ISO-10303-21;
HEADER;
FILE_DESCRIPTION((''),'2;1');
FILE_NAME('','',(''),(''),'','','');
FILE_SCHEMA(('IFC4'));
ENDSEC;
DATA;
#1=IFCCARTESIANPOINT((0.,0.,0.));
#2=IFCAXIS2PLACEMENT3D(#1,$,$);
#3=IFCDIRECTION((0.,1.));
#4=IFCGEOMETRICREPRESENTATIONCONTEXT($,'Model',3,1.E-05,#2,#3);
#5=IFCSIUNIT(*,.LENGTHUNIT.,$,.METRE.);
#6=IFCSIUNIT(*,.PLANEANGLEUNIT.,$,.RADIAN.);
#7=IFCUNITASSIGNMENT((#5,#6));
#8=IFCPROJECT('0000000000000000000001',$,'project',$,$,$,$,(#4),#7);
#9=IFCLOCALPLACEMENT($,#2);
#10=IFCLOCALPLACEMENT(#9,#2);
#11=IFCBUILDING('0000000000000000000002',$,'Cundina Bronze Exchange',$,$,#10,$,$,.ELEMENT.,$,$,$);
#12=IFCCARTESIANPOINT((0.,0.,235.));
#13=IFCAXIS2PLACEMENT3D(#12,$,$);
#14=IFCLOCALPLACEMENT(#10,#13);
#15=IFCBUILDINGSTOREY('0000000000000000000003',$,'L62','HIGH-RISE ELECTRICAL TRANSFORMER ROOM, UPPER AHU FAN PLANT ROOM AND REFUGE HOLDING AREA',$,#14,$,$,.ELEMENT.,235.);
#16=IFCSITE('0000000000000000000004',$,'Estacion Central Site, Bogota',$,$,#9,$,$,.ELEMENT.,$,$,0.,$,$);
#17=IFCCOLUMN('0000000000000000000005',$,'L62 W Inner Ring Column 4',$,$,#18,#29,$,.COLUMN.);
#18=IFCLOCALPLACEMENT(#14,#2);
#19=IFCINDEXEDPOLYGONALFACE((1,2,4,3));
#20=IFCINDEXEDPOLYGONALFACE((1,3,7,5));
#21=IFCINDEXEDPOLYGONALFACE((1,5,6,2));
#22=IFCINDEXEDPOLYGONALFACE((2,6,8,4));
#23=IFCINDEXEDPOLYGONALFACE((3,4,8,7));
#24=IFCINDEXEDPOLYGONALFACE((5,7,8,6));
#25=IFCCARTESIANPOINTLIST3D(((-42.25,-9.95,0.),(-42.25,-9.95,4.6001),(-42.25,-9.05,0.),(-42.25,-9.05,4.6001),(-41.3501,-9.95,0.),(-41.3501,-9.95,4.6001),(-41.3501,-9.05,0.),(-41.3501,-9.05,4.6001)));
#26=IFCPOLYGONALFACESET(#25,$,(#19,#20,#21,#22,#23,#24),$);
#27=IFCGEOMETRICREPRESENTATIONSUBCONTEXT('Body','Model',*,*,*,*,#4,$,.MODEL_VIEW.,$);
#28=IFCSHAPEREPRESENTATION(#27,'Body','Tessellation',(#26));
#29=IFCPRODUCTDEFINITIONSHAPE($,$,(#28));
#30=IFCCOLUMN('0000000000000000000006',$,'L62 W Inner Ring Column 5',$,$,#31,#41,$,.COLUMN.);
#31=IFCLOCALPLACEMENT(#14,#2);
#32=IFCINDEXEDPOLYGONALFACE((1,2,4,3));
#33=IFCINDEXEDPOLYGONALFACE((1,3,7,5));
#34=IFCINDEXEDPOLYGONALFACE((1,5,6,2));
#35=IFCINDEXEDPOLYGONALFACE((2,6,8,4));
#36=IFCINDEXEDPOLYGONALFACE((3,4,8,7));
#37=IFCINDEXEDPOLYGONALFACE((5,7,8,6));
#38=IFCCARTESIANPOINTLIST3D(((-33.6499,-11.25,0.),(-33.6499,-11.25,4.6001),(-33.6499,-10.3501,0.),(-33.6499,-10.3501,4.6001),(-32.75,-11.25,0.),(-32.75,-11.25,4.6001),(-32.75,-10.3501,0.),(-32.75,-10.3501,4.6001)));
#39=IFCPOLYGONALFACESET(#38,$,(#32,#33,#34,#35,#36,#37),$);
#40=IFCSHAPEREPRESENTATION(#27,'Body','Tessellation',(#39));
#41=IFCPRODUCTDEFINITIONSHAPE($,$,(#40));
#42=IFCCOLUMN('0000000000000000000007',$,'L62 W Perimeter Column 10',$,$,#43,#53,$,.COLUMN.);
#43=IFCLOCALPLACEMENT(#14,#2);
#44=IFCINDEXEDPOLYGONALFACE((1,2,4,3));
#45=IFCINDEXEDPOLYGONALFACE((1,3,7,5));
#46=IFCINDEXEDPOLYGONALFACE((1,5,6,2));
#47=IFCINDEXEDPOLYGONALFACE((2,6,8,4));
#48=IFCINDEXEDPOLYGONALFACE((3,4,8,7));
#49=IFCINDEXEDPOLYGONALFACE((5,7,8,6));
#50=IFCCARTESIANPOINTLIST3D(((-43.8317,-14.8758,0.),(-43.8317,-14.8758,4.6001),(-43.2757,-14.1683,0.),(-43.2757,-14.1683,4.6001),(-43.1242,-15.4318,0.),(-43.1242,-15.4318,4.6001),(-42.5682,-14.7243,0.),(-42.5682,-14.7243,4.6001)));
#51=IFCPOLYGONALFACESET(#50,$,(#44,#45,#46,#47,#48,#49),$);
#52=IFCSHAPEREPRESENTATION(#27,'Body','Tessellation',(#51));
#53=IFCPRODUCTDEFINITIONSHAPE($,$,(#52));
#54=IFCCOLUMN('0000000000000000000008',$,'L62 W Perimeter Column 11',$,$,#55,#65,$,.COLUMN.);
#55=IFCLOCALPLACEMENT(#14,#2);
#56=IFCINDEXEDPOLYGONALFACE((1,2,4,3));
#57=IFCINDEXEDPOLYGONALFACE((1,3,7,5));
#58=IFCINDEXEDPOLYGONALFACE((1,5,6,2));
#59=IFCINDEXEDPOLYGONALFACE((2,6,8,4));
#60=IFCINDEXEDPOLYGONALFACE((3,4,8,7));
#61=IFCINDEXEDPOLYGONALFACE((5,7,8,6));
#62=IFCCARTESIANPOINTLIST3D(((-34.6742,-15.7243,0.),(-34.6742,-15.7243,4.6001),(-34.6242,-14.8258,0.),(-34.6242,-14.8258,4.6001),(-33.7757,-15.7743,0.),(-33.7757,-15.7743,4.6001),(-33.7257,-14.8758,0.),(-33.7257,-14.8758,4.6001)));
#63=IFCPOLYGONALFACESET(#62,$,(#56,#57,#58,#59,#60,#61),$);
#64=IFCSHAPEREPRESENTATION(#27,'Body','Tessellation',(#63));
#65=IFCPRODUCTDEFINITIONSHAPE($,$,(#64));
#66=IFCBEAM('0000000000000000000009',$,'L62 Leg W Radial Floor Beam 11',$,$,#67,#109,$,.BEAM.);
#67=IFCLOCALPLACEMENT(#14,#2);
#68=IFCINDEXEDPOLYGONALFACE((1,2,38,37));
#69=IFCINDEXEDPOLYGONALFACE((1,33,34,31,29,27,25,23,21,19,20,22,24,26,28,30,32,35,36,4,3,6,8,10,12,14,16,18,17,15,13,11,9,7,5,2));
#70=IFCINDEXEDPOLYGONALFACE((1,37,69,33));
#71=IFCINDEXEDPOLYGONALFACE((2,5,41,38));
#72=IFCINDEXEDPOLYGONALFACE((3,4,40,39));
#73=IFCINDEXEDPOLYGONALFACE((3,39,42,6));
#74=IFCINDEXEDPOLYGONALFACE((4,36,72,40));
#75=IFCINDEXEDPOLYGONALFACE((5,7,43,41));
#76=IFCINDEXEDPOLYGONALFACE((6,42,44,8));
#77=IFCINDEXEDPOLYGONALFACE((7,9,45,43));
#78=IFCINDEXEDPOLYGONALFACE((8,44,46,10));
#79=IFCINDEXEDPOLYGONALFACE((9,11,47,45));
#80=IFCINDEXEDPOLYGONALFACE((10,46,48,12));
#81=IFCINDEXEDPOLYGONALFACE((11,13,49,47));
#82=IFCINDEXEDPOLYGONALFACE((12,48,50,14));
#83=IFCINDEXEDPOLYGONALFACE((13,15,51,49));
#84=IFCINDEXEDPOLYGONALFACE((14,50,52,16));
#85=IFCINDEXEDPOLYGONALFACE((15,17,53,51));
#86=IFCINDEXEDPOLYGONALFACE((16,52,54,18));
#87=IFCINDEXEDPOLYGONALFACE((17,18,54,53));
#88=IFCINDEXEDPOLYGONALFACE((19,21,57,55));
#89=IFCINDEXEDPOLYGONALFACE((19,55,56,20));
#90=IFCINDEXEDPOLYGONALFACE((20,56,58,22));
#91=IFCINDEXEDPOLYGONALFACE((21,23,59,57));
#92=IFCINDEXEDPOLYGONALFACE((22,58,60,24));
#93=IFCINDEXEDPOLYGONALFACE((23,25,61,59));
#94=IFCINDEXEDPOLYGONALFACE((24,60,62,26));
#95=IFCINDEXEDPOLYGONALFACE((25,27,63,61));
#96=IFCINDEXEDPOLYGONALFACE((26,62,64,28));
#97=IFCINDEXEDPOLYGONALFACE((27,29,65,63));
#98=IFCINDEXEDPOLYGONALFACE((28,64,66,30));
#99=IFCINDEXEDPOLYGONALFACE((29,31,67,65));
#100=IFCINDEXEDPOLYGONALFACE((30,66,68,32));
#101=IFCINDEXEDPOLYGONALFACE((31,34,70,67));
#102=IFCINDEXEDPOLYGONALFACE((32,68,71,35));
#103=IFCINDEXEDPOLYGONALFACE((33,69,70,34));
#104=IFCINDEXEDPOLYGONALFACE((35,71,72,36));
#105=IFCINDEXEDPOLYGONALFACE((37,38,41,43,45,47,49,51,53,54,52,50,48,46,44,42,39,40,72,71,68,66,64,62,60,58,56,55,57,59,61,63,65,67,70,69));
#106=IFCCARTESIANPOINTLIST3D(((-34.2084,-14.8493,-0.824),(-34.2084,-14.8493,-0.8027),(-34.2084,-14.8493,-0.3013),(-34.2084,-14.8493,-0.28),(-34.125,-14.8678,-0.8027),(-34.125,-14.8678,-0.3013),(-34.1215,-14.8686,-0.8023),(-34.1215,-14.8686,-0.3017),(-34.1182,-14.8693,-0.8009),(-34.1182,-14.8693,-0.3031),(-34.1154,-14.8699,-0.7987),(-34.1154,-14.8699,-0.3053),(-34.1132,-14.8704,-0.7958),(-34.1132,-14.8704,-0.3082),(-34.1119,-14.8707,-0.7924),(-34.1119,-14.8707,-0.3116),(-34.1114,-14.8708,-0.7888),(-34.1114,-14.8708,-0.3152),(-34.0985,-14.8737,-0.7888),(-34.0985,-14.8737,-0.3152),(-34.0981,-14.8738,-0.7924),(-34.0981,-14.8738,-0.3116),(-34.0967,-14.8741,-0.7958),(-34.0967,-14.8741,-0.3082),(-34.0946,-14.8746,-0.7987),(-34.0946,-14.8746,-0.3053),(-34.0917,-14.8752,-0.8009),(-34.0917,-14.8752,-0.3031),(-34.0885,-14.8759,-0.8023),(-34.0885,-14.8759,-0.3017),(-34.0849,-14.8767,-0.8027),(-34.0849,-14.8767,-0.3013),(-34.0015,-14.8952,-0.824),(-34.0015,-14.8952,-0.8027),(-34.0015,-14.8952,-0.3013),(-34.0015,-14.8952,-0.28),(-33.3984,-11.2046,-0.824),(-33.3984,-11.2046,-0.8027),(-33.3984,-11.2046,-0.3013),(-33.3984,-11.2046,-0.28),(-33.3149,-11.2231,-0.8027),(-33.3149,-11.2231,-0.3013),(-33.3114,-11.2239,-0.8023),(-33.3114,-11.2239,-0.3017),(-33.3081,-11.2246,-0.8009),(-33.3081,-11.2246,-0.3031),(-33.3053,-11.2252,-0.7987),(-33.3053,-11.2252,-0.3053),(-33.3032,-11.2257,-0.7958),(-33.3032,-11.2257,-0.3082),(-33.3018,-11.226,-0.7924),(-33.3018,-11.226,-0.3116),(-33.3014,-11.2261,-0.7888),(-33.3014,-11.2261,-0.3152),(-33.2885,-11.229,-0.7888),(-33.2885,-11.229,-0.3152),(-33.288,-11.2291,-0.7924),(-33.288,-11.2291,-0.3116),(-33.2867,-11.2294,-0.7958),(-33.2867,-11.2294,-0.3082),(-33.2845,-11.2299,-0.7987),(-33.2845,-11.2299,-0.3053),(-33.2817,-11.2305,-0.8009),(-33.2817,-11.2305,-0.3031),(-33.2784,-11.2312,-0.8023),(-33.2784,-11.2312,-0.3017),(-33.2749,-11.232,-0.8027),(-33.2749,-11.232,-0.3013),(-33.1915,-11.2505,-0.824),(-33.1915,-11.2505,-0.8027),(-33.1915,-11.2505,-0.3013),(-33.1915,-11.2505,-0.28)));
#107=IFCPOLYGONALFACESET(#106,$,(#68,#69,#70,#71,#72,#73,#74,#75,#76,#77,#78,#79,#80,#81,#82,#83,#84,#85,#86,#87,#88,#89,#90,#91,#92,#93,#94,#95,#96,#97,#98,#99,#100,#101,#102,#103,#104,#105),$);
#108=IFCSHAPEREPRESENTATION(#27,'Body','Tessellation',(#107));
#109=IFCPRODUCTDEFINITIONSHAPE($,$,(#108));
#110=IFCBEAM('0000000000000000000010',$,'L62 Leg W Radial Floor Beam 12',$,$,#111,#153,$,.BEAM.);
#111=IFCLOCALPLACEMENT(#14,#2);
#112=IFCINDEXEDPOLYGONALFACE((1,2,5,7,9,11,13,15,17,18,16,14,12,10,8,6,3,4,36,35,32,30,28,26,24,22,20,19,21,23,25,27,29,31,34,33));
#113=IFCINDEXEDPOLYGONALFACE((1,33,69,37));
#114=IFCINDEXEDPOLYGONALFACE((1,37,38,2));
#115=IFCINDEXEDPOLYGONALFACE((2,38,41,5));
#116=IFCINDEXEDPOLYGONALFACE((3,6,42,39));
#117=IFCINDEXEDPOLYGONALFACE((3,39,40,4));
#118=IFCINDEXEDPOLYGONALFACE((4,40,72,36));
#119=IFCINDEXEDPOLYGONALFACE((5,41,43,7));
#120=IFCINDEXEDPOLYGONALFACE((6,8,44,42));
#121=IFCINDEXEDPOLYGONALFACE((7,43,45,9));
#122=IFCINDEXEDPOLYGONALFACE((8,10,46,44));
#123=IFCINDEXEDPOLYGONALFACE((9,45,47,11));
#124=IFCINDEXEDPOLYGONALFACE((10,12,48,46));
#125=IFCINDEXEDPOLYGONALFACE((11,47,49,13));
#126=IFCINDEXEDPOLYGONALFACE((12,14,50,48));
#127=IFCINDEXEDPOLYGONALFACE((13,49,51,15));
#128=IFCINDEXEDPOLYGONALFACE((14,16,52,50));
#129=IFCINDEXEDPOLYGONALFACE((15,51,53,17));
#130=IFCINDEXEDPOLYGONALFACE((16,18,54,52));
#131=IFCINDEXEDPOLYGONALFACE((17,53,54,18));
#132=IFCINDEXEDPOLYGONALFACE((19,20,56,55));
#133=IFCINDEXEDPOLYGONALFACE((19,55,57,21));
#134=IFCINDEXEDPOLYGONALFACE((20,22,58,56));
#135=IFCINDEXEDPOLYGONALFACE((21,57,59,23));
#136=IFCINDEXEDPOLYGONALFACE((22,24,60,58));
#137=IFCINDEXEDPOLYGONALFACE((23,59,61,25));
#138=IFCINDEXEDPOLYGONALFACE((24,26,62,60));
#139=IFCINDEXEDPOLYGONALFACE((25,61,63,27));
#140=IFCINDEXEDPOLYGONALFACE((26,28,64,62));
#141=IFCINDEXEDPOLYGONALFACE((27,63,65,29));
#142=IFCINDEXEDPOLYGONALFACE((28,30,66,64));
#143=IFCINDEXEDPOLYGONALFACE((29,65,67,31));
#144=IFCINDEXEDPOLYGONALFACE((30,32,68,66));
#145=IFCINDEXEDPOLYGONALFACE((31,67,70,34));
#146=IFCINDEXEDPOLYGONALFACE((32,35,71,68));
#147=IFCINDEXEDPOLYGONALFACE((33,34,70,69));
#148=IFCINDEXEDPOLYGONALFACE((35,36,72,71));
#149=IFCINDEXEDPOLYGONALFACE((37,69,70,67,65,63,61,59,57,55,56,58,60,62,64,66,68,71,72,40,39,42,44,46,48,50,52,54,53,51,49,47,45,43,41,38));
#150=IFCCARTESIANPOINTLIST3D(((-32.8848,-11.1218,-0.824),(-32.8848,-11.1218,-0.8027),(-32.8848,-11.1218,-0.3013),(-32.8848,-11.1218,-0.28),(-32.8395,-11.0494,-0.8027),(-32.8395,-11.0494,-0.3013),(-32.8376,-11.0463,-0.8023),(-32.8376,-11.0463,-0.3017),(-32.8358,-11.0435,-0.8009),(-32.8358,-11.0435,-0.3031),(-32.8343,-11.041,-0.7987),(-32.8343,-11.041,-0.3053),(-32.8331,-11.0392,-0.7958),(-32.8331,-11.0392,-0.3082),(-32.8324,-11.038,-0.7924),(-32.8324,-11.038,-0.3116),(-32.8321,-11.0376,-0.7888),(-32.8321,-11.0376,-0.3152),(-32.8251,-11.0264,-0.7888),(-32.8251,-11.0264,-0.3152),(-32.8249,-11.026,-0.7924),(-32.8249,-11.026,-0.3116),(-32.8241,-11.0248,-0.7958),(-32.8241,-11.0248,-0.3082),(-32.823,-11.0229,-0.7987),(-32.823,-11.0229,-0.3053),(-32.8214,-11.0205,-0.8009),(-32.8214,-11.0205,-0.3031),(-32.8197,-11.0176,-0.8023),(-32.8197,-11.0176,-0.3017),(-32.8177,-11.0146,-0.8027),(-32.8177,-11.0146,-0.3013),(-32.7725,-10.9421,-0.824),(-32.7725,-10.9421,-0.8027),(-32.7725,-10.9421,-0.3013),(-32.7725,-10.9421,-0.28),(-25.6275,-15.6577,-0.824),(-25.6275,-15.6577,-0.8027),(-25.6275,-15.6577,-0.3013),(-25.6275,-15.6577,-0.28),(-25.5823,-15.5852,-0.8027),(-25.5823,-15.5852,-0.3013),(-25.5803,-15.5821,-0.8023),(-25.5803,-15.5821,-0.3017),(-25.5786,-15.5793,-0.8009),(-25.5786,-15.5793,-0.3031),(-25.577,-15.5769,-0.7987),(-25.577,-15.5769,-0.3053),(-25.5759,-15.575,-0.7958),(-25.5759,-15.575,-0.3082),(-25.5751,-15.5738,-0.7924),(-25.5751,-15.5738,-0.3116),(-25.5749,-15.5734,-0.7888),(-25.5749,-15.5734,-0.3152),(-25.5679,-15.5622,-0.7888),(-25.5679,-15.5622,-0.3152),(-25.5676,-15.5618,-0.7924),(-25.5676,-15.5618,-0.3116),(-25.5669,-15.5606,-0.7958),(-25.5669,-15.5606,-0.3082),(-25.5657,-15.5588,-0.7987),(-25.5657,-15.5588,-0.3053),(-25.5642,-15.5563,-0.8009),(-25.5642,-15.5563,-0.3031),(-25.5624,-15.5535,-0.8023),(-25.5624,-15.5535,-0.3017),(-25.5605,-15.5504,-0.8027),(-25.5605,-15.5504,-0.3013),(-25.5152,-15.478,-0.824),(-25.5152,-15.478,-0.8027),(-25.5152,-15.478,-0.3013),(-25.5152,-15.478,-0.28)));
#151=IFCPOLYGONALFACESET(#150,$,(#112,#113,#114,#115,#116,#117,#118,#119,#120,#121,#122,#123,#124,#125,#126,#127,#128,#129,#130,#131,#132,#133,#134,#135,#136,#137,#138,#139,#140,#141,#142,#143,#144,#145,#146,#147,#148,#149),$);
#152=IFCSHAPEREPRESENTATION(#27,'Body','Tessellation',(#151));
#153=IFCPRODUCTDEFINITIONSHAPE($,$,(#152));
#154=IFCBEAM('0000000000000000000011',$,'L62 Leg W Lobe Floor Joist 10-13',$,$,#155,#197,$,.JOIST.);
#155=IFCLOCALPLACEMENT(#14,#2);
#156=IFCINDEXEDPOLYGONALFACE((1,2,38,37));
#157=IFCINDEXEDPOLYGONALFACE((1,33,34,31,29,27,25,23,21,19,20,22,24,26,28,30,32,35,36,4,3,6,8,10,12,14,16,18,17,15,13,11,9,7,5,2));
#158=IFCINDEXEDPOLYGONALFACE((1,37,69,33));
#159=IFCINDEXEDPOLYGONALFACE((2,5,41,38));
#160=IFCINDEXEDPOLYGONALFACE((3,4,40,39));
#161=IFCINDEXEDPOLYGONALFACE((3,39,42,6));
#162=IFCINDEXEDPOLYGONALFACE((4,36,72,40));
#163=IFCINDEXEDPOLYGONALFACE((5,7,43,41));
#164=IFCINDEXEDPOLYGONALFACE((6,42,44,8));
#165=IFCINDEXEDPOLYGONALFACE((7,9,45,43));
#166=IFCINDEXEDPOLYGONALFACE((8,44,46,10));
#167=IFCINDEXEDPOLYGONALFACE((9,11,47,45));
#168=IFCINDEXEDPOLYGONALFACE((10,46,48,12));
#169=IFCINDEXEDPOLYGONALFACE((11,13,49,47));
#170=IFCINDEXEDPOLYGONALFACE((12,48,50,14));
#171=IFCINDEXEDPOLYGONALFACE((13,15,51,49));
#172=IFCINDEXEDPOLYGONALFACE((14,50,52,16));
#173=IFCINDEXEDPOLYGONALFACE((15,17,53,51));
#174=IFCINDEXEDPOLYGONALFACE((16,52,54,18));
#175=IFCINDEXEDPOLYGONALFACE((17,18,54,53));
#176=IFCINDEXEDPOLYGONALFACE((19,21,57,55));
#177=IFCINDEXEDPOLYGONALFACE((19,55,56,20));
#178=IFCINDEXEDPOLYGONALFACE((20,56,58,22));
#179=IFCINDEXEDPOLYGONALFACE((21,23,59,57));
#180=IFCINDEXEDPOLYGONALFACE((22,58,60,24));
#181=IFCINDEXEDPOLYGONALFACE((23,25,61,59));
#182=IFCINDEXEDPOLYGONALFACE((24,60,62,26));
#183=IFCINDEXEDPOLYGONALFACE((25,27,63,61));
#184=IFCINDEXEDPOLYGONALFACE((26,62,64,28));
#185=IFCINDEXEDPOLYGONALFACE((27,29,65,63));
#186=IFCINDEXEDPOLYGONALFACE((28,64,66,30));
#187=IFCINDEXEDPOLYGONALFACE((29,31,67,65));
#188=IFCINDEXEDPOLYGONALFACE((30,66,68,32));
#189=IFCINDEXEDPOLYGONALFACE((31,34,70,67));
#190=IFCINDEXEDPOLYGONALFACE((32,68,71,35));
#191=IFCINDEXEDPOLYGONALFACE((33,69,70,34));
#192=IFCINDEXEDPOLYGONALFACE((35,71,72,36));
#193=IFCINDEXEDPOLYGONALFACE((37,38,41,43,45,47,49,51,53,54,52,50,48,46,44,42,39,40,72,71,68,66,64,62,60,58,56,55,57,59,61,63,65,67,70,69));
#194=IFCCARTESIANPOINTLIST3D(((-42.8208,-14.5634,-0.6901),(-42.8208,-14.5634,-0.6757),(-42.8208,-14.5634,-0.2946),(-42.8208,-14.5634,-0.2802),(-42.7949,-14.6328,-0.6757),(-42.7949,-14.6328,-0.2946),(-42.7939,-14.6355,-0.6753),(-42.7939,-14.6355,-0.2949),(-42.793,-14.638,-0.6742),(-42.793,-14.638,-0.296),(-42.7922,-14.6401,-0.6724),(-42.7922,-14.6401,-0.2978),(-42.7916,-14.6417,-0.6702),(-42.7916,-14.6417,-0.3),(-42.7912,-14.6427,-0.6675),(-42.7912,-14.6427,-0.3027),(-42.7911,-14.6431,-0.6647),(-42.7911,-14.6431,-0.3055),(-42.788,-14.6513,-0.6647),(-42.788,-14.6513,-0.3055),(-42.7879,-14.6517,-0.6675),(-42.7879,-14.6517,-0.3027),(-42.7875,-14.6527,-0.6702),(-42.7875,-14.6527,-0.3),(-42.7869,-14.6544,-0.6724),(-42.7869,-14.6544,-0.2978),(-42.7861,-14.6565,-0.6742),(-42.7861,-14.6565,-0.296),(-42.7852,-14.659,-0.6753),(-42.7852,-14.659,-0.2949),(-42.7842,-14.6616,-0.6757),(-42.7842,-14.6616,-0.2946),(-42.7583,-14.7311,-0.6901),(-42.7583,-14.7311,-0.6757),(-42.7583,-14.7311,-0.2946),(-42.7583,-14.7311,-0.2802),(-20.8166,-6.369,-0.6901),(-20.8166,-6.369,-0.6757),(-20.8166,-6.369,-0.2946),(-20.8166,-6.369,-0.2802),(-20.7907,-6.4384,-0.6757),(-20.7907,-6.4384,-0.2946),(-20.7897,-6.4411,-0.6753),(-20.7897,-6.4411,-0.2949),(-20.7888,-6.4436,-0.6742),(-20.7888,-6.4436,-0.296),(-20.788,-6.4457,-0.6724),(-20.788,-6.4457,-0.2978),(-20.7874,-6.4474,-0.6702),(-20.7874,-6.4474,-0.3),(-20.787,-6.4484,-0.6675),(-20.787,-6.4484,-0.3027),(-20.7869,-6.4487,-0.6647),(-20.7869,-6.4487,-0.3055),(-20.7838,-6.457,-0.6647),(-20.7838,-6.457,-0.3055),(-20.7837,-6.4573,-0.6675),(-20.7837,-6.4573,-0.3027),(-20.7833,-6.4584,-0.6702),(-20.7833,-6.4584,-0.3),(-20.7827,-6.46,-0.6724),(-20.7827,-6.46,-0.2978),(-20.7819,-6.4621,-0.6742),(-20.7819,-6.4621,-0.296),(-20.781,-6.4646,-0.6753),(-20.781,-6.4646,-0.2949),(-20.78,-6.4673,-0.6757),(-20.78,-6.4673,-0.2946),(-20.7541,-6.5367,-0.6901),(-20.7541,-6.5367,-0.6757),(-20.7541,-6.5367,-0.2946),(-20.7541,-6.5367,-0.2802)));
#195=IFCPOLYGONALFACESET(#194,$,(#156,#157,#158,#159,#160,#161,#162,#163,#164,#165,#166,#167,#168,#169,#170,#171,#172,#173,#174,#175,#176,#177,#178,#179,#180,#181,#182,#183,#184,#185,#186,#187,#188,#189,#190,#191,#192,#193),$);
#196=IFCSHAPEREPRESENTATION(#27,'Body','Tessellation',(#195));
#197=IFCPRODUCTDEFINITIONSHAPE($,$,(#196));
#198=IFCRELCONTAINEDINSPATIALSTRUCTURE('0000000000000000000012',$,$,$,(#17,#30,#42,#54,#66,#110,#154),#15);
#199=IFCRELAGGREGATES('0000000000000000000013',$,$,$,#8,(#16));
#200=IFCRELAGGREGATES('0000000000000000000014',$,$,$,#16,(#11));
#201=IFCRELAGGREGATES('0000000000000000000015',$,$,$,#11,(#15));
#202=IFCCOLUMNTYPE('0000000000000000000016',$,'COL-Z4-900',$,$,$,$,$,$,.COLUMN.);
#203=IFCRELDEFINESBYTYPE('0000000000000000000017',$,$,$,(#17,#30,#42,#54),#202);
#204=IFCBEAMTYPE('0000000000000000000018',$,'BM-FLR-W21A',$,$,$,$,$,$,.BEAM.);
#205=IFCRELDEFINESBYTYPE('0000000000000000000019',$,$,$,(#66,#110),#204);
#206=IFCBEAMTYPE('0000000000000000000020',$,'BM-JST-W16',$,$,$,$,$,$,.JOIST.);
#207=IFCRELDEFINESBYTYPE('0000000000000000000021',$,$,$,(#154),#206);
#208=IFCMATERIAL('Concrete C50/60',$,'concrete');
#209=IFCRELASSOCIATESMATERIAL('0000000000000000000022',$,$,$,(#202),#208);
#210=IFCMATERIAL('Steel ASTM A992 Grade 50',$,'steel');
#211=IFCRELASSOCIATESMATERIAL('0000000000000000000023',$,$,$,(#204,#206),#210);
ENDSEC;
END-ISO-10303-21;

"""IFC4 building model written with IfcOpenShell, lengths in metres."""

from ifc_helpers import new_model, si_unit, direction, frame, origin, origin_2d, place, context, subcontext, project, spatial, rectangle, i_section, extrude, material, material_profile, profile_set, type_object, element, save


model = new_model("IFC4")

# Units and contexts
model_context = context("Model", 3, precision=1e-05, world=origin(), true_north=direction((0.0, 1.0)))
body_context = subcontext(model_context, "Body", "Model", "MODEL_VIEW")
ifc_project = project(units=[si_unit("LENGTHUNIT", "METRE"), si_unit("PLANEANGLEUNIT", "RADIAN")], contexts=[model_context])

# Site, building, storey
site_placement = place(None, origin())
site = spatial("IfcSite", under=ifc_project, at=site_placement, Name="Estacion Central Site, Bogota", CompositionType="ELEMENT", RefElevation=0.0)
building_placement = place(site_placement, origin())
building = spatial("IfcBuilding", under=site, at=building_placement, Name="Cundina Bronze Exchange", CompositionType="ELEMENT")
storey_placement = place(building_placement, frame((0.0, 0.0, 235.0)))
storey = spatial("IfcBuildingStorey", under=building, at=storey_placement, Name="L62", Description="HIGH-RISE ELECTRICAL TRANSFORMER ROOM, UPPER AHU FAN PLANT ROOM AND REFUGE HOLDING AREA", CompositionType="ELEMENT", Elevation=235.0)

# Columns
ifc_material_1 = material(Name="Concrete C50/60", Category="concrete")
ifc_material_profile_1 = material_profile(ifc_material_1, rectangle(XDim=0.8999, YDim=0.8999, at=origin_2d()), Name="RC900X900", Category="concrete")
ifc_profile_set_1 = profile_set([ifc_material_profile_1], Name="Concrete C50/60")
column_type = type_object("IfcColumnType", Name="COL-Z4-900", PredefinedType="COLUMN", material=ifc_profile_set_1)
for number, where, z_axis, x_axis, name in (
    (1, (-41.8, -9.5, 0.0), (0.0, 0.0, 1.0), (1.0, 0.0, 0.0), "L62 W Inner Ring Column 4"),
    (2, (-33.2, -10.8, 0.0), (0.0, 0.0, 1.0), (1.0, 0.0, 0.0), "L62 W Inner Ring Column 5"),
    (3, (-43.2, -14.8, 0.0), (0.0, 0.0, 1.0), (0.786288, -0.61786, 0.0), "L62 W Perimeter Column 10"),
    (4, (-34.2, -15.3, 0.0), (0.0, 0.0, 1.0), (0.99846, -0.055473, 0.0), "L62 W Perimeter Column 11"),
):
    element("IfcColumn", number, at=place(storey_placement, frame(where, z_axis=z_axis, x_axis=x_axis)), inside=storey, type_object=column_type, Name=name, PredefinedType="COLUMN", context=body_context, shape_type="SweptSolid", body=[
        extrude(rectangle(XDim=0.8999, YDim=0.8999, at=origin_2d()), origin(), (0.0, 0.0, 1.0), 4.6001),
    ])

# Beams
ifc_material_2 = material(Name="Steel ASTM A992 Grade 50", Category="steel")
ifc_material_profile_2 = material_profile(ifc_material_2, i_section(OverallWidth=0.2119, OverallDepth=0.5439, WebThickness=0.0132, FlangeThickness=0.0212, FilletRadius=0.0139, at=origin_2d()), Name="W21X83", Category="steel")
ifc_profile_set_2 = profile_set([ifc_material_profile_2], Name="Steel ASTM A992 Grade 50")
beam_type_1 = type_object("IfcBeamType", Name="BM-FLR-W21A", PredefinedType="BEAM", material=ifc_profile_set_2)
beam_1_placement = place(storey_placement, frame((-33.2949, -11.2275, -0.552), z_axis=(-0.216958, -0.976181, 0.0), x_axis=(0.976181, -0.216958, 0.0)))
element("IfcBeam", 5, at=beam_1_placement, inside=storey, type_object=beam_type_1, Name="L62 Leg W Radial Floor Beam 11", PredefinedType="BEAM", context=body_context, shape_type="SweptSolid", body=[
    extrude(i_section(OverallWidth=0.2119, OverallDepth=0.5439, WebThickness=0.0132, FlangeThickness=0.0212, FilletRadius=0.0139, at=origin_2d()), origin(), (0.0, 0.0, 1.0), 3.7336),
])
beam_2_placement = place(storey_placement, frame((-32.8286, -11.032, -0.552), z_axis=(0.847995, -0.530004, 0.0), x_axis=(0.530004, 0.847995, 0.0)))
element("IfcBeam", 6, at=beam_2_placement, inside=storey, type_object=beam_type_1, Name="L62 Leg W Radial Floor Beam 12", PredefinedType="BEAM", context=body_context, shape_type="SweptSolid", body=[
    extrude(i_section(OverallWidth=0.2119, OverallDepth=0.5439, WebThickness=0.0132, FlangeThickness=0.0212, FilletRadius=0.0139, at=origin_2d()), origin(), (0.0, 0.0, 1.0), 8.5581),
])
ifc_material_profile_3 = material_profile(ifc_material_2, i_section(OverallWidth=0.179, OverallDepth=0.4099, WebThickness=0.0088, FlangeThickness=0.0144, FilletRadius=0.011, at=origin_2d()), Name="W16X45", Category="steel")
ifc_profile_set_3 = profile_set([ifc_material_profile_3], Name="Steel ASTM A992 Grade 50")
beam_type_2 = type_object("IfcBeamType", Name="BM-JST-W16", PredefinedType="JOIST", material=ifc_profile_set_3)
beam_3_placement = place(storey_placement, frame((-42.7896, -14.6472, -0.4851), z_axis=(0.937128, 0.348986, 0.0), x_axis=(-0.348986, 0.937128, 0.0)))
element("IfcBeam", 7, at=beam_3_placement, inside=storey, type_object=beam_type_2, Name="L62 Leg W Lobe Floor Joist 10-13", PredefinedType="JOIST", context=body_context, shape_type="SweptSolid", body=[
    extrude(i_section(OverallWidth=0.179, OverallDepth=0.4099, WebThickness=0.0088, FlangeThickness=0.0144, FilletRadius=0.011, at=origin_2d()), origin(), (0.0, 0.0, 1.0), 23.4805),
])

save(model, "model.ifc")
